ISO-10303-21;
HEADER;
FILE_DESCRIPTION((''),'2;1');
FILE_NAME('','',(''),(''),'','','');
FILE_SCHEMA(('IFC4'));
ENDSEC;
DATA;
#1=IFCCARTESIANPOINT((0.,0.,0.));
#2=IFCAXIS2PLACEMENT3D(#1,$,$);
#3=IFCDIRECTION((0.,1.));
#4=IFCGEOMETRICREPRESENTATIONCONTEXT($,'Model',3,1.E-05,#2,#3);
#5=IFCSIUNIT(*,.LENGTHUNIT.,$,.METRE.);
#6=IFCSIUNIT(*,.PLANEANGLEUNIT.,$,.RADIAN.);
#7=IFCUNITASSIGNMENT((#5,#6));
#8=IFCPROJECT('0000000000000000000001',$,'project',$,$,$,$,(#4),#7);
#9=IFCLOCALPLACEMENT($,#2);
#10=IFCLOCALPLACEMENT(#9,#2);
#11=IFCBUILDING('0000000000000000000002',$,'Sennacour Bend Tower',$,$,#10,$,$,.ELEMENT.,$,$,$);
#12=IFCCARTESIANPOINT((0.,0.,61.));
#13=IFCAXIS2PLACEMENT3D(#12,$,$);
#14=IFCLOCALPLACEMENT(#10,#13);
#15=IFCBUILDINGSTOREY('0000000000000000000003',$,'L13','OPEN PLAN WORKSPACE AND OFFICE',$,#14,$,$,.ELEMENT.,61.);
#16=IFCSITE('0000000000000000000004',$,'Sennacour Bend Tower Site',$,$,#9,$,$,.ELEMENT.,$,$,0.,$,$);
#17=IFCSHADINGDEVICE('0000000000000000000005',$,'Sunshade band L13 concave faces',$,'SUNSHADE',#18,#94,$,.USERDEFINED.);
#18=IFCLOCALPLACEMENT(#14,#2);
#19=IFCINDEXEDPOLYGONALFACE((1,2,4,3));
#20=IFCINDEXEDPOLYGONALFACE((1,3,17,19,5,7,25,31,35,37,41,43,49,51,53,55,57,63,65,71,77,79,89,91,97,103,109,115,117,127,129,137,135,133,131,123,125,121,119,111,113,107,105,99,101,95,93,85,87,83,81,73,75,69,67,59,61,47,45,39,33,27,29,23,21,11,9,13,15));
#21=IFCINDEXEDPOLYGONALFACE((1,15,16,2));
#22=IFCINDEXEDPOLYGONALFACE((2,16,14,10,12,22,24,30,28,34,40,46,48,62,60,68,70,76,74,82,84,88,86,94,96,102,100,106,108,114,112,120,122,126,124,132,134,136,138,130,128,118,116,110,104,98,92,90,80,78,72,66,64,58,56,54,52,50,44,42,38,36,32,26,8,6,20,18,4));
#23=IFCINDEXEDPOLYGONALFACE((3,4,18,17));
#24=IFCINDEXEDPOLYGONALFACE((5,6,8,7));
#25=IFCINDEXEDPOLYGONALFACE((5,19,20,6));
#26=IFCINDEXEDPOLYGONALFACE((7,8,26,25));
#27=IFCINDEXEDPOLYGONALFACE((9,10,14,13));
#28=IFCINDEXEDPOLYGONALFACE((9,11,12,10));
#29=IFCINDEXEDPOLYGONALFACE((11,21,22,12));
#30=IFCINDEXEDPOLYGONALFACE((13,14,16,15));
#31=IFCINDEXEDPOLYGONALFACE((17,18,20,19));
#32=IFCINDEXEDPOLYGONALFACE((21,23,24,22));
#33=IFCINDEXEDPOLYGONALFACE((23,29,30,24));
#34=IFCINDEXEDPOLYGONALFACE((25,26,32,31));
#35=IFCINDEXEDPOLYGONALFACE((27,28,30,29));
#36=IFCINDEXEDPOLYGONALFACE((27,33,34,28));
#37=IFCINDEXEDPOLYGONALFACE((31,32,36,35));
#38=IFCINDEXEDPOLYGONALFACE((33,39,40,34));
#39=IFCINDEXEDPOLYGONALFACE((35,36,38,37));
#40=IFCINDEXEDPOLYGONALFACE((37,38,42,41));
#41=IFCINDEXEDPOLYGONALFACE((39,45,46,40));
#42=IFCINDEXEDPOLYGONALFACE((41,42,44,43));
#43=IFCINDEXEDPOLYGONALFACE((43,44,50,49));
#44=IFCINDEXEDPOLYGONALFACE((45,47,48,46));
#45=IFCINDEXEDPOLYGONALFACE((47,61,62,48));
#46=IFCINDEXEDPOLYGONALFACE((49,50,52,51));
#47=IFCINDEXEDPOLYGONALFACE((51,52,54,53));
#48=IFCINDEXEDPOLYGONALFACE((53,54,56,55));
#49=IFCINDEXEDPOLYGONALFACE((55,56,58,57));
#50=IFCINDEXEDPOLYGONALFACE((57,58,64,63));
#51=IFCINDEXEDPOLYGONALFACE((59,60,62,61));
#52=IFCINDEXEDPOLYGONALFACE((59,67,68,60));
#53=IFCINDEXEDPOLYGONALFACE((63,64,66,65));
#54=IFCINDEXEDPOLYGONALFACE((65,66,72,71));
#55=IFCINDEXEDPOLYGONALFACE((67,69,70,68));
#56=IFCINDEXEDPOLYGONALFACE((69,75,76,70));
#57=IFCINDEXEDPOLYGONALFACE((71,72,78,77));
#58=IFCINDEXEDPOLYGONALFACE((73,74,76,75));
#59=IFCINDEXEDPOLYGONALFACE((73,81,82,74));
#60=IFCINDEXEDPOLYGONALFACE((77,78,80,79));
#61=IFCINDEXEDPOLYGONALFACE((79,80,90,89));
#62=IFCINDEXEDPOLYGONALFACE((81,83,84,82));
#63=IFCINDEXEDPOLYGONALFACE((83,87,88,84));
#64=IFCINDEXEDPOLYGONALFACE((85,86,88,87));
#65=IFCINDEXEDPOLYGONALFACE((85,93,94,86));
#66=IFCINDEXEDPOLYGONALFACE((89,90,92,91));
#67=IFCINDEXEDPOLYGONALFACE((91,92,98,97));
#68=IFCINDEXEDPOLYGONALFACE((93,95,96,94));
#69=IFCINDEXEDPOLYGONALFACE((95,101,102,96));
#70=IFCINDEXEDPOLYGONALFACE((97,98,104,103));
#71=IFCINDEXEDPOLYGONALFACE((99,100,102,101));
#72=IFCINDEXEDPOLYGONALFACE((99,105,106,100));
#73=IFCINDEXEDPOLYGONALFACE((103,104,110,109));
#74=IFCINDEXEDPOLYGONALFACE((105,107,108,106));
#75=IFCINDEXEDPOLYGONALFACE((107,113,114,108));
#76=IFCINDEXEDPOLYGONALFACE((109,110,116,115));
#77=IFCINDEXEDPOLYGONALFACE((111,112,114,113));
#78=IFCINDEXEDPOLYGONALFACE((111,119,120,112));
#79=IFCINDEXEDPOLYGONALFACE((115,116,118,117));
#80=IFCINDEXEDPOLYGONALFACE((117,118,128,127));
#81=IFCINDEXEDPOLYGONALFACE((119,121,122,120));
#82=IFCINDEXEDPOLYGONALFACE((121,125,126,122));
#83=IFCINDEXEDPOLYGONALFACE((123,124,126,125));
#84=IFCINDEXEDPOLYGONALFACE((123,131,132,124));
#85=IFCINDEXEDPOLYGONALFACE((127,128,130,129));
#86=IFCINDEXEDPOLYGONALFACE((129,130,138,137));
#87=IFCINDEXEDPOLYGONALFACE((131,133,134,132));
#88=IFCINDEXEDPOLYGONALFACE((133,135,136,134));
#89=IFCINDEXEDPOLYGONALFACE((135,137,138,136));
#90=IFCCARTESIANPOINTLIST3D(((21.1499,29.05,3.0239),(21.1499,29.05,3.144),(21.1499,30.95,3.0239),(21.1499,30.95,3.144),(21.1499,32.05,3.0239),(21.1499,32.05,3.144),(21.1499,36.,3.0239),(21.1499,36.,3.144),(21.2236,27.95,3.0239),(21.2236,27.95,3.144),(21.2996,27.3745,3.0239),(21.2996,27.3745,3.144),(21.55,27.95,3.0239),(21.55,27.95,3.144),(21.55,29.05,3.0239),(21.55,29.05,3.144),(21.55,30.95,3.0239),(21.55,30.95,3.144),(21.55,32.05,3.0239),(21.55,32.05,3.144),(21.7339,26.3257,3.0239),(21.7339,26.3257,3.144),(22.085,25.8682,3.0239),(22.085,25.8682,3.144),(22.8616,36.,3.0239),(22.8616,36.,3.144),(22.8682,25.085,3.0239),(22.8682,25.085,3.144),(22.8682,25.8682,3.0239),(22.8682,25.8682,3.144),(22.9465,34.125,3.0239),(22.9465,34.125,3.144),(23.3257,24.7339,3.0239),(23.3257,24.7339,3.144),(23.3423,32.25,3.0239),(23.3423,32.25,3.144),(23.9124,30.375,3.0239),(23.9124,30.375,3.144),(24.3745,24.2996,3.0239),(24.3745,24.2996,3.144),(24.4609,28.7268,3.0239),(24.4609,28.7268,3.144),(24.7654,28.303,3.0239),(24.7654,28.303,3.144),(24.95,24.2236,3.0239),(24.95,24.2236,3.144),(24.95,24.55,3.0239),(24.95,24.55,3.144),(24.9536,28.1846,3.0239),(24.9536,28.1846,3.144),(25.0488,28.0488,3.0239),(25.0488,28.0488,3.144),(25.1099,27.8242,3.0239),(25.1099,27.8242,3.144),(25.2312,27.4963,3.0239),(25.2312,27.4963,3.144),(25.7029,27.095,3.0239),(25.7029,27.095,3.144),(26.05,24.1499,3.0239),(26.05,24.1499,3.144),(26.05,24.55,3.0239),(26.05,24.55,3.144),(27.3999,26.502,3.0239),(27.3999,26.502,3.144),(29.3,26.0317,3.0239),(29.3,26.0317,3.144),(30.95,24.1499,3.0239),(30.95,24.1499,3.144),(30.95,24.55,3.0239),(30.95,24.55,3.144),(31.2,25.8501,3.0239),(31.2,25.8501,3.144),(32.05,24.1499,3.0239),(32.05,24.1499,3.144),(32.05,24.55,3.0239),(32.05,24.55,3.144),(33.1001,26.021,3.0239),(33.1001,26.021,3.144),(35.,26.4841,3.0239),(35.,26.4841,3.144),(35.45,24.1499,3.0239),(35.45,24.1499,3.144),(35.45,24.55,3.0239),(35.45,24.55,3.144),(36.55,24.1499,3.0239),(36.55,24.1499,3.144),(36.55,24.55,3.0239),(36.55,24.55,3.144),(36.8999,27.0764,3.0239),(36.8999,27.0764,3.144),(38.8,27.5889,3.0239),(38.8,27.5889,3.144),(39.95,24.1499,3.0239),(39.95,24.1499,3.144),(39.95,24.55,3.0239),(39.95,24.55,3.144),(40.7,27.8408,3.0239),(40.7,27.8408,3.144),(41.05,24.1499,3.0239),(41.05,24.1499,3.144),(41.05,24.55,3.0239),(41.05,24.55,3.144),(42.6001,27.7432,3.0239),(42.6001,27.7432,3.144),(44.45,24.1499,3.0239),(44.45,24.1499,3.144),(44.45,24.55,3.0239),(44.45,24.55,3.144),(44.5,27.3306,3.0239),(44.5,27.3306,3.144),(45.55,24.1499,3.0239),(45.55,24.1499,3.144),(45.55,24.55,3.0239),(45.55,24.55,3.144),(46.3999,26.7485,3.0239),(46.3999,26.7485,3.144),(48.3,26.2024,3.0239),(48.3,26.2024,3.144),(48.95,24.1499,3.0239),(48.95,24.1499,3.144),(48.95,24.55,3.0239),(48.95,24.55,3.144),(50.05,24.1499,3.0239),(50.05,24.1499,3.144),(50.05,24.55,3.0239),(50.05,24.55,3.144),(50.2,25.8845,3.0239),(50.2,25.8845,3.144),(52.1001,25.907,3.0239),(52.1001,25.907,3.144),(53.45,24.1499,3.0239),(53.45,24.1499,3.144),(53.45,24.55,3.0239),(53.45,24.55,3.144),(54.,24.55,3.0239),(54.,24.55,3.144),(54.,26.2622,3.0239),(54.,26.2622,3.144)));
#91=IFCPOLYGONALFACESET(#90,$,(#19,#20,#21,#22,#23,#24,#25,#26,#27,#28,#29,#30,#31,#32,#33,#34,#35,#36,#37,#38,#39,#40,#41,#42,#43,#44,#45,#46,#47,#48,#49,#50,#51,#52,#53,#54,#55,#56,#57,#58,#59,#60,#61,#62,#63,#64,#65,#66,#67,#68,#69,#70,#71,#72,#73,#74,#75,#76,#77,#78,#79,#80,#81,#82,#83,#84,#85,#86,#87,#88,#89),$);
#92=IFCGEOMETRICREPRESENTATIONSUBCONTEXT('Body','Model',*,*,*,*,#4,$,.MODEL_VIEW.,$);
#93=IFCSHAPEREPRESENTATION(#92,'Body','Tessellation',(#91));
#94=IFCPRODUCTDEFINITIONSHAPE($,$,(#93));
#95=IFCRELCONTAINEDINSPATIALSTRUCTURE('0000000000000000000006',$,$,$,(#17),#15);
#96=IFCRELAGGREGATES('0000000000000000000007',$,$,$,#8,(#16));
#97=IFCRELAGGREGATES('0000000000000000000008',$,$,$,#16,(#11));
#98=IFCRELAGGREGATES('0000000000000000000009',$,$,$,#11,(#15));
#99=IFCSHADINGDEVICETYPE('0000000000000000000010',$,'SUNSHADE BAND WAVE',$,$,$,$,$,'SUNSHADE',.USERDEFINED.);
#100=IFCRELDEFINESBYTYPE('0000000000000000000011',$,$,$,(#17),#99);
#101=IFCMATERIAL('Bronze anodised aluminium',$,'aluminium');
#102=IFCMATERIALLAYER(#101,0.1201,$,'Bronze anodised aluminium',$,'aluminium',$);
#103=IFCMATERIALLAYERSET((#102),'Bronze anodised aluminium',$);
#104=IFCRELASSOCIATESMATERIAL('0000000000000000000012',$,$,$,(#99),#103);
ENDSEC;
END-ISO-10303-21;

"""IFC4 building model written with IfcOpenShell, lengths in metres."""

from ifc_helpers import new_model, si_unit, direction, frame, origin, place, context, subcontext, project, spatial, polyline, outline, extrude, material, layer, layer_set, type_object, element, save


model = new_model("IFC4")

# Units and contexts
model_context = context("Model", 3, precision=1e-05, world=origin(), true_north=direction((0.0, 1.0)))
body_context = subcontext(model_context, "Body", "Model", "MODEL_VIEW")
ifc_project = project(units=[si_unit("LENGTHUNIT", "METRE"), si_unit("PLANEANGLEUNIT", "RADIAN")], contexts=[model_context])

# Site, building, storey
site_placement = place(None, origin())
site = spatial("IfcSite", under=ifc_project, at=site_placement, Name="Sennacour Bend Tower Site", CompositionType="ELEMENT", RefElevation=0.0)
building_placement = place(site_placement, origin())
building = spatial("IfcBuilding", under=site, at=building_placement, Name="Sennacour Bend Tower", CompositionType="ELEMENT")
storey_placement = place(building_placement, frame((0.0, 0.0, 61.0)))
storey = spatial("IfcBuildingStorey", under=building, at=storey_placement, Name="L13", Description="OPEN PLAN WORKSPACE AND OFFICE", CompositionType="ELEMENT", Elevation=61.0)

# Shading device
ifc_material_1 = material(Name="Bronze anodised aluminium", Category="aluminium")
ifc_layer_1 = layer(ifc_material_1, 0.1201, Name="Bronze anodised aluminium", Category="aluminium")
ifc_layer_set_1 = layer_set([ifc_layer_1], Name="Bronze anodised aluminium")
shading_device_type_1 = type_object("IfcShadingDeviceType", Name="SUNSHADE BAND WAVE", ElementType="SUNSHADE", PredefinedType="USERDEFINED", material=ifc_layer_set_1)
shading_device_1_placement = place(storey_placement, frame((0.0, 0.0, 3.0239)))
element("IfcShadingDevice", 1, at=shading_device_1_placement, inside=storey, type_object=shading_device_type_1, Name="Sunshade band L13 concave faces", ObjectType="SUNSHADE", PredefinedType="USERDEFINED", context=body_context, shape_type="SweptSolid", body=[
    extrude(outline(polyline([(53.45, 24.1499), (50.05, 24.1499), (50.05, 24.55), (48.95, 24.55), (48.95, 24.1499), (45.55, 24.1499), (45.55, 24.55), (44.45, 24.55), (44.45, 24.1499), (41.05, 24.1499), (41.05, 24.55), (39.95, 24.55), (39.95, 24.1499), (36.55, 24.1499), (36.55, 24.55), (35.45, 24.55), (35.45, 24.1499), (32.05, 24.1499), (32.05, 24.55), (30.95, 24.55), (30.95, 24.1499), (26.05, 24.1499), (26.05, 24.55), (24.95, 24.55), (24.95, 24.2236), (24.3745, 24.2996), (23.3257, 24.7339), (22.8682, 25.085), (22.8682, 25.8682), (22.085, 25.8682), (21.7339, 26.3257), (21.2996, 27.3745), (21.2236, 27.95), (21.55, 27.95), (21.55, 29.05), (21.1499, 29.05), (21.1499, 30.95), (21.55, 30.95), (21.55, 32.05), (21.1499, 32.05), (21.1499, 36.0), (22.8616, 36.0), (22.9465, 34.125), (23.3423, 32.25), (23.9124, 30.375), (24.4609, 28.7268), (24.7654, 28.303), (24.9536, 28.1846), (25.0488, 28.0488), (25.1099, 27.8242), (25.2312, 27.4963), (25.7029, 27.095), (27.3999, 26.502), (29.3, 26.0317), (31.2, 25.8501), (33.1001, 26.021), (35.0, 26.4841), (36.8999, 27.0764), (38.8, 27.5889), (40.7, 27.8408), (42.6001, 27.7432), (44.5, 27.3306), (46.3999, 26.7485), (48.3, 26.2024), (50.2, 25.8845), (52.1001, 25.907), (54.0, 26.2622), (54.0, 24.55), (53.45, 24.55), (53.45, 24.1499)])), origin(), (0.0, 0.0, 1.0), 0.1201),
])

save(model, "model.ifc")
